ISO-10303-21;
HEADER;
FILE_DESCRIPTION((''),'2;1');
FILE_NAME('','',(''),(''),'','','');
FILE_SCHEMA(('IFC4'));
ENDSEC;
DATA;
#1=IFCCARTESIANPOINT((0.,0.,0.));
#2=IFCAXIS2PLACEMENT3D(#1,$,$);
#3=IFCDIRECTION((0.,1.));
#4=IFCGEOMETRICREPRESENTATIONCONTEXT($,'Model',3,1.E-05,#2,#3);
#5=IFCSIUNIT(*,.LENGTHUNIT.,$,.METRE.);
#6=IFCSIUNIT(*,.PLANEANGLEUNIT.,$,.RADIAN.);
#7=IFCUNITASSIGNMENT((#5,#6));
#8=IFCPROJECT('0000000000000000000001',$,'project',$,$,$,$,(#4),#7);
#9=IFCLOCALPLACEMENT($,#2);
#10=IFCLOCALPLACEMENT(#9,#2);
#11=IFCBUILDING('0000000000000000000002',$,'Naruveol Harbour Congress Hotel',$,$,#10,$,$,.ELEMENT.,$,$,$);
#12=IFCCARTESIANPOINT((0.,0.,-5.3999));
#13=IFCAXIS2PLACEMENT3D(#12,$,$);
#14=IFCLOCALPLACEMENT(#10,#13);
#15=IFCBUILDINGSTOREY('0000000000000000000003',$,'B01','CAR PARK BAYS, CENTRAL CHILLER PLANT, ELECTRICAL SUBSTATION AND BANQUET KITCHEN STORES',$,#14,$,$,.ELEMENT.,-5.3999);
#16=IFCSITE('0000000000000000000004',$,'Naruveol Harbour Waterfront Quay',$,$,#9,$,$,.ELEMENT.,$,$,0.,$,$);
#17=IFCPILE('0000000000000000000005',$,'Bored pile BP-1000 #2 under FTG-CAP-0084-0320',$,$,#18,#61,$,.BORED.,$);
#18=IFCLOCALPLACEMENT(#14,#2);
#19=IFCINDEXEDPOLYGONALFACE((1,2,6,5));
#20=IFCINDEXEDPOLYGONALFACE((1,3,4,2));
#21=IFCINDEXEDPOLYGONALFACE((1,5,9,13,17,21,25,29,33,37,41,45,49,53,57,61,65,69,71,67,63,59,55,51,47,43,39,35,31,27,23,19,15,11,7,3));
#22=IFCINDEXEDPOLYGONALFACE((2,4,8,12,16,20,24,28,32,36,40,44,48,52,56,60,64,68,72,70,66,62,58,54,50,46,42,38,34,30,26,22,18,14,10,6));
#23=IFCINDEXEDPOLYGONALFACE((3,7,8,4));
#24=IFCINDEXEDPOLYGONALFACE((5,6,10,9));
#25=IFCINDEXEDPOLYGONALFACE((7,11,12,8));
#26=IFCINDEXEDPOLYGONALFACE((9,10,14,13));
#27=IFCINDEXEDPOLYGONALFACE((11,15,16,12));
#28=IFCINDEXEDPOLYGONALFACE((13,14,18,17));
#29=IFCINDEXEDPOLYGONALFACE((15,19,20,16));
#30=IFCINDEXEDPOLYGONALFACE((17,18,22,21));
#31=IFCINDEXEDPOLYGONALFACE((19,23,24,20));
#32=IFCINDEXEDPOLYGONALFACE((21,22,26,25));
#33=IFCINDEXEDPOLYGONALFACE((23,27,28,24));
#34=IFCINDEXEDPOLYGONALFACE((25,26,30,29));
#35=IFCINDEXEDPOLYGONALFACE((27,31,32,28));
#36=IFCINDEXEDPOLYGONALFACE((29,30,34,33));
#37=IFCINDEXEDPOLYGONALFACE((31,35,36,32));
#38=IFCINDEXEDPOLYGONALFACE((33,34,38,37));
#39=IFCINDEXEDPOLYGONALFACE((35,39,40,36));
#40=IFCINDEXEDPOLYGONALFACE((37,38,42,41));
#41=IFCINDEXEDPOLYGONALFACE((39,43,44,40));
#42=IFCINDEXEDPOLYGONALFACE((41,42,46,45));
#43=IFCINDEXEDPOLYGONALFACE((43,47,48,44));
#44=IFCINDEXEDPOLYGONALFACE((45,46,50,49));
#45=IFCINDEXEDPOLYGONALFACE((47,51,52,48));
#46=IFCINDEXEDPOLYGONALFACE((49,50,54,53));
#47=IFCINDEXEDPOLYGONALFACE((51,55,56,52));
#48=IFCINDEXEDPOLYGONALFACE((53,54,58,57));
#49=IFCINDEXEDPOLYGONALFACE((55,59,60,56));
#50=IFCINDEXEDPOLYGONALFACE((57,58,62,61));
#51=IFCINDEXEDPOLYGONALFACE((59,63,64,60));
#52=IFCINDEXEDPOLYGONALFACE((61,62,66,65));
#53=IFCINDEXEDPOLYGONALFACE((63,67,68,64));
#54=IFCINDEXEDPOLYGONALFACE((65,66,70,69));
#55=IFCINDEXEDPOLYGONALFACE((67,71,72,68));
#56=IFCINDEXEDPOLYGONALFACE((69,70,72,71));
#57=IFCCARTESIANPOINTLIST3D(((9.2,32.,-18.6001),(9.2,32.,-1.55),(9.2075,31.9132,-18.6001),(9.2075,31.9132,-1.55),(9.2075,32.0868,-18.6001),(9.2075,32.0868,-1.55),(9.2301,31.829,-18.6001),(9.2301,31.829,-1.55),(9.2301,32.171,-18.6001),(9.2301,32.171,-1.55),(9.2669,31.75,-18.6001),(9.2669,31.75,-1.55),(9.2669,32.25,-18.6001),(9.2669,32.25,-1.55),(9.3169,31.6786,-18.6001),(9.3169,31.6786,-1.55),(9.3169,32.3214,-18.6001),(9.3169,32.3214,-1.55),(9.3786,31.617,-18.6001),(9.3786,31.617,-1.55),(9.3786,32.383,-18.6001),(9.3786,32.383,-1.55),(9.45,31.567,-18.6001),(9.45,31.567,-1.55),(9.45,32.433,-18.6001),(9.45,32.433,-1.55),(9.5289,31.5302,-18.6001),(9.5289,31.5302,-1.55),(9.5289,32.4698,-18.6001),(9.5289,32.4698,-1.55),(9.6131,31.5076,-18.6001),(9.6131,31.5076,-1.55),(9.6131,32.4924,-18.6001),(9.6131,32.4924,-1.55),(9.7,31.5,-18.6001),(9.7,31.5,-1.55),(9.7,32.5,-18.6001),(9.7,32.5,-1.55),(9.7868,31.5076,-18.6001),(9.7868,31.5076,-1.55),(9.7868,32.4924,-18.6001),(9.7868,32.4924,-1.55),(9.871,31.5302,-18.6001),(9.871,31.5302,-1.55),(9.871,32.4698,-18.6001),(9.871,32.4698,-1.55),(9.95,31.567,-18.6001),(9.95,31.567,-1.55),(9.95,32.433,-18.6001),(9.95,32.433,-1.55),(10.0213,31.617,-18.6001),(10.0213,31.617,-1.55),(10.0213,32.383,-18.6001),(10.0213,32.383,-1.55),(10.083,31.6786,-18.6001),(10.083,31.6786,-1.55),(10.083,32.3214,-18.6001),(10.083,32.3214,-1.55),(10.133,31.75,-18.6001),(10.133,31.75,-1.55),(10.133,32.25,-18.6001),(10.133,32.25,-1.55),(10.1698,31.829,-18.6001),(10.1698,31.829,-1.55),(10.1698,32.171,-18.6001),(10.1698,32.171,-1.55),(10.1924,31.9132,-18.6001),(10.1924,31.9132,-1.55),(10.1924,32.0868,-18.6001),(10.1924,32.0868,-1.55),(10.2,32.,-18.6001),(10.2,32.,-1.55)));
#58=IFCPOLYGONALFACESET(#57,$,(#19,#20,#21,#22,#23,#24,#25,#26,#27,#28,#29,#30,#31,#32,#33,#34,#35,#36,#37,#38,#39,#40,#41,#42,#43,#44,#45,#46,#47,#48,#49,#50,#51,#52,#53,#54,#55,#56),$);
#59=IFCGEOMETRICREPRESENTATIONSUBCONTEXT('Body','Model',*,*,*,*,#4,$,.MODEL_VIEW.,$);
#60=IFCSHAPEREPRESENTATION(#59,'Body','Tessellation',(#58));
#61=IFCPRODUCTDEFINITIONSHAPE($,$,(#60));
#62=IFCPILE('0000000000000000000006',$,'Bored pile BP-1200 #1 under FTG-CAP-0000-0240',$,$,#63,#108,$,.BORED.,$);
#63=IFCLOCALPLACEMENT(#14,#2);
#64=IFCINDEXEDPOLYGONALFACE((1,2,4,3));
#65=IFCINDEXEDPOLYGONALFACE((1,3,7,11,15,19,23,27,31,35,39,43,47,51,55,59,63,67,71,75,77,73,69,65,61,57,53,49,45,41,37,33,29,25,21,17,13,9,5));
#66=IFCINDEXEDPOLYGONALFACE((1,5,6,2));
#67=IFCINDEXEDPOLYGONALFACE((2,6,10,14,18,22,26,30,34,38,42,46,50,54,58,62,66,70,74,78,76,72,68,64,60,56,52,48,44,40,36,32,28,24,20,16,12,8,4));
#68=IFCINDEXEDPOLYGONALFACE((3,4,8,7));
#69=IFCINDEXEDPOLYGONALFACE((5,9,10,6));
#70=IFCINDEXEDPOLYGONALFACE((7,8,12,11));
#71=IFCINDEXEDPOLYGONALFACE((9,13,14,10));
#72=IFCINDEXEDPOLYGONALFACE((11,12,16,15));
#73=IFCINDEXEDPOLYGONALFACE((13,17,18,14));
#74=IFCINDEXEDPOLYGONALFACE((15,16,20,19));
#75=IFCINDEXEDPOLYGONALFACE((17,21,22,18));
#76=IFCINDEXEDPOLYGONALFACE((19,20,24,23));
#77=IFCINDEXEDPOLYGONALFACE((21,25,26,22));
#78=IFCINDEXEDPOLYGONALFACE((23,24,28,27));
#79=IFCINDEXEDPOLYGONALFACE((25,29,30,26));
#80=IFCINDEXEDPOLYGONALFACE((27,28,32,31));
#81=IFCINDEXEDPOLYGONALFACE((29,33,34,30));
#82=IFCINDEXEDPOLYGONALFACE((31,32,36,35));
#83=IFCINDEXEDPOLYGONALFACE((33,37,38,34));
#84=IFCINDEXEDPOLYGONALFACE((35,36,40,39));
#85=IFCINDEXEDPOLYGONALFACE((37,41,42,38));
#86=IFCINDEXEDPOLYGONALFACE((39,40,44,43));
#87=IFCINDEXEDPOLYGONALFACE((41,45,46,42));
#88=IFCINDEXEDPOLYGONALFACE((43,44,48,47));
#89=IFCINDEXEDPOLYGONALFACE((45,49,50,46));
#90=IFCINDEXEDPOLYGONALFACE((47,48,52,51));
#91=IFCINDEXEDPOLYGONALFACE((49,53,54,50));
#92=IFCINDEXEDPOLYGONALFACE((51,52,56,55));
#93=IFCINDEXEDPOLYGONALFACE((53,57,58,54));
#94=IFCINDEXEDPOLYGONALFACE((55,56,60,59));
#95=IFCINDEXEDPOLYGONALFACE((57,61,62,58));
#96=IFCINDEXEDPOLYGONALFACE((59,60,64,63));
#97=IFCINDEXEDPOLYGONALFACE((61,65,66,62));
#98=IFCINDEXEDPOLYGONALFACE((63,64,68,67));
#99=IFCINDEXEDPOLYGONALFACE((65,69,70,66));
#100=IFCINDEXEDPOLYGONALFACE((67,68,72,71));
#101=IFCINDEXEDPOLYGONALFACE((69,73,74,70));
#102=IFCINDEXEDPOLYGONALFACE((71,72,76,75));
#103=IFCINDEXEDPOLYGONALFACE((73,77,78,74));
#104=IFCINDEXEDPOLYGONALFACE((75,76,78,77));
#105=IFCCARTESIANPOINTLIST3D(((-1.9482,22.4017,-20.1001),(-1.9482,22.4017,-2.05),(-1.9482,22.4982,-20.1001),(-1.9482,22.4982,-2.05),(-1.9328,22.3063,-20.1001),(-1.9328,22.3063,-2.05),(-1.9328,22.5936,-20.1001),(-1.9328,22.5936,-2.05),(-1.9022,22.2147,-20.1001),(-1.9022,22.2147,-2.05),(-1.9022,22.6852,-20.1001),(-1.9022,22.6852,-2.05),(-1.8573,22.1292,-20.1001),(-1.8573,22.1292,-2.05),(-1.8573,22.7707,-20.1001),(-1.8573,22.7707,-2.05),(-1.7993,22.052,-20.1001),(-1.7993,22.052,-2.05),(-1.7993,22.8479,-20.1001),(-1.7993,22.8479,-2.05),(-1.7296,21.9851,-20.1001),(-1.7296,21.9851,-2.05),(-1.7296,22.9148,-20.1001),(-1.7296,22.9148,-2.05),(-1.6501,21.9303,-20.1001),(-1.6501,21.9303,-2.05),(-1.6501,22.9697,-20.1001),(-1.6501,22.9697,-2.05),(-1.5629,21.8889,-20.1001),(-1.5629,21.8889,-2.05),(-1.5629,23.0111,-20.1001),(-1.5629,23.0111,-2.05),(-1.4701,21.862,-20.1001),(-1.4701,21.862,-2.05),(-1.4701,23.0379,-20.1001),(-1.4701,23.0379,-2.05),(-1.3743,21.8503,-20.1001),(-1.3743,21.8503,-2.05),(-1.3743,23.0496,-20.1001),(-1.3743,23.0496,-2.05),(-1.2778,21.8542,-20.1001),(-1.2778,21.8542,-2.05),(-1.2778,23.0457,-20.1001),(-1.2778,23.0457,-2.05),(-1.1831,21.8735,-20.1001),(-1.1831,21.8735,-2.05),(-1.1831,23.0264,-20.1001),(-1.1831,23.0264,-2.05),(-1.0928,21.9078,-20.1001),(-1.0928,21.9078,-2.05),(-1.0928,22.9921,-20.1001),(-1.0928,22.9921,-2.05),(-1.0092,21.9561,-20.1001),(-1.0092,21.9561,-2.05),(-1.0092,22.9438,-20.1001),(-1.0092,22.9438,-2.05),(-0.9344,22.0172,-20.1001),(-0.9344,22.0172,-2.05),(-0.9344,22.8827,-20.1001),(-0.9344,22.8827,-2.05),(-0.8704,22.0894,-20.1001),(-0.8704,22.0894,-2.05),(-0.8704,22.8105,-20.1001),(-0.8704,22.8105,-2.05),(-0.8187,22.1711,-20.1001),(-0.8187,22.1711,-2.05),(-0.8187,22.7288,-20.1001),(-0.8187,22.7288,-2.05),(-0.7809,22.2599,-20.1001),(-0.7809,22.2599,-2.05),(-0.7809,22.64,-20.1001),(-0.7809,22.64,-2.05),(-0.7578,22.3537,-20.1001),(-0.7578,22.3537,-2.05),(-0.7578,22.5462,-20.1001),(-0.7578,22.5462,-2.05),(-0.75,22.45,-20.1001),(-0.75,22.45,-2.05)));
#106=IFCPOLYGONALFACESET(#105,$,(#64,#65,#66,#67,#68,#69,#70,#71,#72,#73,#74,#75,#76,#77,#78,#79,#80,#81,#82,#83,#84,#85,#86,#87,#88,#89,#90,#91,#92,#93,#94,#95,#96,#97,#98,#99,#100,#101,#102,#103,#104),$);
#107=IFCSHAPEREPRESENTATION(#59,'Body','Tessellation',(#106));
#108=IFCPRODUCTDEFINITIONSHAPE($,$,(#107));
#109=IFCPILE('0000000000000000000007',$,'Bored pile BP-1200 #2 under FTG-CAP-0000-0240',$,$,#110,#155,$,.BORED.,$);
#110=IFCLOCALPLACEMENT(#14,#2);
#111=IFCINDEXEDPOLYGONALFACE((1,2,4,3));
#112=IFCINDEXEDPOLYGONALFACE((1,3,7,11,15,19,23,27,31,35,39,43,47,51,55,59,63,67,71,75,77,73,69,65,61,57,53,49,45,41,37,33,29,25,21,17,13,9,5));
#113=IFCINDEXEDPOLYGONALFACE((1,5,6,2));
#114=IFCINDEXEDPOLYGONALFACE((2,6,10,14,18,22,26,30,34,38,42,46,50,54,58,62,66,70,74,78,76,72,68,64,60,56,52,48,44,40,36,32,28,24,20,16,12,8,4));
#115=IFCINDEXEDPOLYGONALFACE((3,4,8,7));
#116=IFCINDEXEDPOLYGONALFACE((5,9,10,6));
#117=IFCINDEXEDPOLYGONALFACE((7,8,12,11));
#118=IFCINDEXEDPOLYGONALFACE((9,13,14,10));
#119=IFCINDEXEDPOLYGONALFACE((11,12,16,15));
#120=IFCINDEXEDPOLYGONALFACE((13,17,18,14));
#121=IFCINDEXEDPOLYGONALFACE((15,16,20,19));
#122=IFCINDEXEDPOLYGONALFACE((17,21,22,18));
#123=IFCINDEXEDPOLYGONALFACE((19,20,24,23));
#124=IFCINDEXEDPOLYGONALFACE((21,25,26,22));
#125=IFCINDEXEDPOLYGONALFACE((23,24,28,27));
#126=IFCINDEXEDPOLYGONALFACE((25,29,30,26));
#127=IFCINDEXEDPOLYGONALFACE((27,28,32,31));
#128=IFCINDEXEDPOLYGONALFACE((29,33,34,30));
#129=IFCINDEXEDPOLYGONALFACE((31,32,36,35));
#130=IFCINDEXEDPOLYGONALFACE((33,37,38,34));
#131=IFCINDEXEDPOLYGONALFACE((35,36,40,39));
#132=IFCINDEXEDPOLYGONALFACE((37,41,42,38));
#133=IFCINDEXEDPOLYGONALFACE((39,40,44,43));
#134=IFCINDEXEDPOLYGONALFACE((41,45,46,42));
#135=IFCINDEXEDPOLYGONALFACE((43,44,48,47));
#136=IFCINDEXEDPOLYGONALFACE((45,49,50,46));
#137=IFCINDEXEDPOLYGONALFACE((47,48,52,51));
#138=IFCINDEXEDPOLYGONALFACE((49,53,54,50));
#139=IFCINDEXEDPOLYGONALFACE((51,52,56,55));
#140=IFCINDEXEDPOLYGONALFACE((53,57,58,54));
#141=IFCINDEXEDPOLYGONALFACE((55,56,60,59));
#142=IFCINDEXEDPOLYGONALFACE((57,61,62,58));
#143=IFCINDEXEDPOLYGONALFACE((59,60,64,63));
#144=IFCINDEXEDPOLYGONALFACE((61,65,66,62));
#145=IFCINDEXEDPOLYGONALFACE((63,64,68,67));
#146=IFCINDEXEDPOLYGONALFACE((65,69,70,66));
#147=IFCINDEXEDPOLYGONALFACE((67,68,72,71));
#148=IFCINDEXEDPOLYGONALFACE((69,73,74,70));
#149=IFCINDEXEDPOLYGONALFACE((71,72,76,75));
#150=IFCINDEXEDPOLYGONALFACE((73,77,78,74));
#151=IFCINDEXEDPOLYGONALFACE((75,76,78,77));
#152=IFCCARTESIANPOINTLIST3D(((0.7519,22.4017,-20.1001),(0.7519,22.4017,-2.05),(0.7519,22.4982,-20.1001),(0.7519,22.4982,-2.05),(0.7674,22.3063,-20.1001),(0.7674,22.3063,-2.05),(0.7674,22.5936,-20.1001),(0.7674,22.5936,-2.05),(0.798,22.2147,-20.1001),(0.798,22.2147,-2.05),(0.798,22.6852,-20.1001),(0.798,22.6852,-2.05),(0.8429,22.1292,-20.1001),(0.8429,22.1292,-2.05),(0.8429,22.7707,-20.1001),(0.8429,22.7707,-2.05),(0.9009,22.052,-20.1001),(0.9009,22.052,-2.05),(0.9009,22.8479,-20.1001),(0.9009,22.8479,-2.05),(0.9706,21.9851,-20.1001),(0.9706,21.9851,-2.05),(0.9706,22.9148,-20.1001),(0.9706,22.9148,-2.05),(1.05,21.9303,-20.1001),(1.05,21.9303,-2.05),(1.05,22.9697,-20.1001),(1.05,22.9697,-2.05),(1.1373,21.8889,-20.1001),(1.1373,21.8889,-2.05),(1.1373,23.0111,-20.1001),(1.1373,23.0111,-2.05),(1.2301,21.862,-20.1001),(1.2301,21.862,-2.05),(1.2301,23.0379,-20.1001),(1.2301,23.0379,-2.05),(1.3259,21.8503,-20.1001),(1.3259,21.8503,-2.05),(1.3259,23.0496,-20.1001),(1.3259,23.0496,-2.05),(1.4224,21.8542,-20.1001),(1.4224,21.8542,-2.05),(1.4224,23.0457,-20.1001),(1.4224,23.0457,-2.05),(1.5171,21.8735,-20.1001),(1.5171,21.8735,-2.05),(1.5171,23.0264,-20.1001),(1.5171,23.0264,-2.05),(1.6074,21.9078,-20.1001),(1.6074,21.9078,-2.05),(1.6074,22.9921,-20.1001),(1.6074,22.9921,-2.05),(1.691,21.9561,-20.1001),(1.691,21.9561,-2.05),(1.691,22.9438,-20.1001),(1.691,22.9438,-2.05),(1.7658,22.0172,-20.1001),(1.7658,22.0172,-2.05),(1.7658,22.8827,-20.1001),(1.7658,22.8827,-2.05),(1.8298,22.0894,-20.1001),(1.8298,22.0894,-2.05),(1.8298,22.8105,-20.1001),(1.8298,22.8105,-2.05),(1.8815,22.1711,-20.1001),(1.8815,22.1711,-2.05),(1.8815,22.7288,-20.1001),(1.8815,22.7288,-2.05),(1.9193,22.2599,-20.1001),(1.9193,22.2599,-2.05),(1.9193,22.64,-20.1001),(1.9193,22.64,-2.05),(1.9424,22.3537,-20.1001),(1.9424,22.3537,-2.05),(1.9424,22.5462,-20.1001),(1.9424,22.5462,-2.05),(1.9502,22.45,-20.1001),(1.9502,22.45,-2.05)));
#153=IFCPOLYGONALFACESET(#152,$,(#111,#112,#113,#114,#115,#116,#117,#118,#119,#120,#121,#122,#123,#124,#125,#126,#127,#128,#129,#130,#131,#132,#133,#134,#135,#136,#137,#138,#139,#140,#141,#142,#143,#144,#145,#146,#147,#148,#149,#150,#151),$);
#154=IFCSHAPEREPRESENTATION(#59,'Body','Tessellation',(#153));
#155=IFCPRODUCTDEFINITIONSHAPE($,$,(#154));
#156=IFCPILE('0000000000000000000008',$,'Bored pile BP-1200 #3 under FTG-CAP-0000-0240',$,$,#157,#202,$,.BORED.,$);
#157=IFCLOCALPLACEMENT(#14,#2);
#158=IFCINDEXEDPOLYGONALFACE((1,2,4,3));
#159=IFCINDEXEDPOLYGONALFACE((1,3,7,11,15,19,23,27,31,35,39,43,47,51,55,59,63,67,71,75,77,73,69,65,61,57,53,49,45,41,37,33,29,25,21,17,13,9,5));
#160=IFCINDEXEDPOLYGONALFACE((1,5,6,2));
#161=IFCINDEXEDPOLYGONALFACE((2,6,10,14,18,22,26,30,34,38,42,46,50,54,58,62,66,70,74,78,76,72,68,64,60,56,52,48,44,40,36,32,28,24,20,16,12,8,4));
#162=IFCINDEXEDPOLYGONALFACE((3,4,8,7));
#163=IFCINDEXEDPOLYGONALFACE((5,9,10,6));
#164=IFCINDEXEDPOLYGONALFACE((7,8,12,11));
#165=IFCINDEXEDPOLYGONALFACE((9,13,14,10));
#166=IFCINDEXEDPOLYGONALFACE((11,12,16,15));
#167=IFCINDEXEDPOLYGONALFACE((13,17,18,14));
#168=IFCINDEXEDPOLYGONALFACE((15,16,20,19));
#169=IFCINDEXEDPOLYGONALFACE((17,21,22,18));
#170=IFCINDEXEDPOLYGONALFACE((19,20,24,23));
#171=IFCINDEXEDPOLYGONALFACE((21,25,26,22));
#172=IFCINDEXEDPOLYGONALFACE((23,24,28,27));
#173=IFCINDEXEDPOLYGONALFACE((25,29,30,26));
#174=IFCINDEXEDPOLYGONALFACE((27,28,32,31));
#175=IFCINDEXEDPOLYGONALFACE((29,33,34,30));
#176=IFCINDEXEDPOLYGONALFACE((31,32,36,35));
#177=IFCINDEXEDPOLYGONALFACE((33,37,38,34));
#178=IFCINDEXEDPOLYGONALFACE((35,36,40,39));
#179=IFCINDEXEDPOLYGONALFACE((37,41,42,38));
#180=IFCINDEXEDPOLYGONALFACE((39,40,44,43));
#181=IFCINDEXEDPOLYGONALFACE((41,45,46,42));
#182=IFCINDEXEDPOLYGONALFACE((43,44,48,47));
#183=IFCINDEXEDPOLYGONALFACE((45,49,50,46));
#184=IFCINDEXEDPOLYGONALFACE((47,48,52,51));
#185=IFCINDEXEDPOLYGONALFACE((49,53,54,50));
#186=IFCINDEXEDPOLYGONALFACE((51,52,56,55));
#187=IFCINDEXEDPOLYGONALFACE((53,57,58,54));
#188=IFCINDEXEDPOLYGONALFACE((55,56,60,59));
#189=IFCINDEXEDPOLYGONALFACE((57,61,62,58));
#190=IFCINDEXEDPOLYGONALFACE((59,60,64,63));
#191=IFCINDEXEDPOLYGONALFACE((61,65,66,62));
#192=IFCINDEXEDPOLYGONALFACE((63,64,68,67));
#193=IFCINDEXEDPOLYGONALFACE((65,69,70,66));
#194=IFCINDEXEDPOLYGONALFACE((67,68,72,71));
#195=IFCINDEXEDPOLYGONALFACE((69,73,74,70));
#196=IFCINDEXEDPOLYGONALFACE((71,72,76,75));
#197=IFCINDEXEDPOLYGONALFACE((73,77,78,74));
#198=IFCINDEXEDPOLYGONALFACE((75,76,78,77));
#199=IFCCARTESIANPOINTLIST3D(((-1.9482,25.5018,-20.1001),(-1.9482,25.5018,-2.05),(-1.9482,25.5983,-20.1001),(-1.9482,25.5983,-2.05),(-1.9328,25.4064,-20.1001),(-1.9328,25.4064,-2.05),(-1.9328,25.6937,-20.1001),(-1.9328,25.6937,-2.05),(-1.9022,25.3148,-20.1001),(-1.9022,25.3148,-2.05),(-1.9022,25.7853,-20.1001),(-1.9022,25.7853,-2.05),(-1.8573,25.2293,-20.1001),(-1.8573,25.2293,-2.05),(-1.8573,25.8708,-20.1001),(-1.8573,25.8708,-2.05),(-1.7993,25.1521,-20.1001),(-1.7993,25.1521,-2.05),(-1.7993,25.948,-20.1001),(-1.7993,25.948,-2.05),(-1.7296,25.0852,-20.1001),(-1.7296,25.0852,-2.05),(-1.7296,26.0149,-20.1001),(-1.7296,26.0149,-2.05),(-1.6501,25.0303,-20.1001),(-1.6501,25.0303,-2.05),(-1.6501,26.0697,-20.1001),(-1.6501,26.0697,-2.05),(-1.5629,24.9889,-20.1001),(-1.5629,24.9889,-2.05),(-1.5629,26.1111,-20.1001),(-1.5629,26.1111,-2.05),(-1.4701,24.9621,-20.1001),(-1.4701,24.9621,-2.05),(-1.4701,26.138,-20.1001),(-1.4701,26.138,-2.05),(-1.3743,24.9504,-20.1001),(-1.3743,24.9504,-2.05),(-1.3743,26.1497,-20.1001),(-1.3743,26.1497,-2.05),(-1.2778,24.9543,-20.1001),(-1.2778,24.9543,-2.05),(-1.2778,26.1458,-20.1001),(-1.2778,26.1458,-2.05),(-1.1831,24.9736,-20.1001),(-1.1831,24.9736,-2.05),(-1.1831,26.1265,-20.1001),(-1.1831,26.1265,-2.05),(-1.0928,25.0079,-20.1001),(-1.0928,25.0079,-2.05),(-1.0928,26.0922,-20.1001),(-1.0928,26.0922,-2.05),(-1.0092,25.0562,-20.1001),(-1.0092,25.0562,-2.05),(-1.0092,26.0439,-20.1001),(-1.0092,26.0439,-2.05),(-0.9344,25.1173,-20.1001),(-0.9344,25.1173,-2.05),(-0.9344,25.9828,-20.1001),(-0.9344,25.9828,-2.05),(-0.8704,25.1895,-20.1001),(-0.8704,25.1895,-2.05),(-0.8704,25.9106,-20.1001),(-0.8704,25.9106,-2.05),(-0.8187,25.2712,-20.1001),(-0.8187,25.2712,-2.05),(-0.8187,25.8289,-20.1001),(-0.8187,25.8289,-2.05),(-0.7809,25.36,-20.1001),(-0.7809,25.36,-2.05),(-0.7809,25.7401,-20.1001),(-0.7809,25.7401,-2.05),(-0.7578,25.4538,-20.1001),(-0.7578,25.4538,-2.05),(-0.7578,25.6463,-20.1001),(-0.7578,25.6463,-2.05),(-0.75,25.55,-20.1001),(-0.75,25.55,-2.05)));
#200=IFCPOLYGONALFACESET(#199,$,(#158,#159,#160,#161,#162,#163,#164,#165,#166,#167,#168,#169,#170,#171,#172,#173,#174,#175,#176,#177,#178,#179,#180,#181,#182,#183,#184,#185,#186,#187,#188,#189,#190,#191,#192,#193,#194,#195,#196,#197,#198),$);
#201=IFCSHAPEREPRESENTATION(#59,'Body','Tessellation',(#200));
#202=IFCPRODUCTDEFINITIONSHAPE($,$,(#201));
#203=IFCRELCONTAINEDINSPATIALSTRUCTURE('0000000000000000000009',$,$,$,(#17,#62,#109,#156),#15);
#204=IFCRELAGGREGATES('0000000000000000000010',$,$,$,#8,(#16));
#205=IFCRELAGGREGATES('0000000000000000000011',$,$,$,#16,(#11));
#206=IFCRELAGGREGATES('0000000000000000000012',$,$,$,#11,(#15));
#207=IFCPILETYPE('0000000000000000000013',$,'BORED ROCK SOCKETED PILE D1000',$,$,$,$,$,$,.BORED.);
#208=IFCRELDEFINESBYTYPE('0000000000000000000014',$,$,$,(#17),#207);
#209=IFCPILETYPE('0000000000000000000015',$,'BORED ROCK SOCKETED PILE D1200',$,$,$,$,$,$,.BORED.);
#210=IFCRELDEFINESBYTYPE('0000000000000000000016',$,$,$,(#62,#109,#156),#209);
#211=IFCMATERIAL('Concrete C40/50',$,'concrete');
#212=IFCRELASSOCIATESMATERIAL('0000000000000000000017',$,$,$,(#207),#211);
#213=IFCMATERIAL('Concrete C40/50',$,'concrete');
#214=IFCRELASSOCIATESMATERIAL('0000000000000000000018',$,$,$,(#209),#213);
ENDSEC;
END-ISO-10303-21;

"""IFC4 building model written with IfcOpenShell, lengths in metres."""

from ifc_helpers import new_model, si_unit, direction, frame, origin, origin_2d, place, context, subcontext, project, spatial, circle, extrude, material, material_profile, profile_set, type_object, element, save


model = new_model("IFC4")

# Units and contexts
model_context = context("Model", 3, precision=1e-05, world=origin(), true_north=direction((0.0, 1.0)))
body_context = subcontext(model_context, "Body", "Model", "MODEL_VIEW")
ifc_project = project(units=[si_unit("LENGTHUNIT", "METRE"), si_unit("PLANEANGLEUNIT", "RADIAN")], contexts=[model_context])

# Site, building, storey
site_placement = place(None, origin())
site = spatial("IfcSite", under=ifc_project, at=site_placement, Name="Naruveol Harbour Waterfront Quay", CompositionType="ELEMENT", RefElevation=0.0)
building_placement = place(site_placement, origin())
building = spatial("IfcBuilding", under=site, at=building_placement, Name="Naruveol Harbour Congress Hotel", CompositionType="ELEMENT")
storey_placement = place(building_placement, frame((0.0, 0.0, -5.3999)))
storey = spatial("IfcBuildingStorey", under=building, at=storey_placement, Name="B01", Description="CAR PARK BAYS, CENTRAL CHILLER PLANT, ELECTRICAL SUBSTATION AND BANQUET KITCHEN STORES", CompositionType="ELEMENT", Elevation=-5.3999)

# Piles
ifc_material_1 = material(Name="Concrete C40/50", Category="concrete")
ifc_material_profile_1 = material_profile(ifc_material_1, circle(Radius=0.5, at=origin_2d()), Name="BP-1000")
ifc_profile_set_1 = profile_set([ifc_material_profile_1], Name="Concrete C40/50")
pile_type_1 = type_object("IfcPileType", Name="BORED ROCK SOCKETED PILE D1000", PredefinedType="BORED", material=ifc_profile_set_1)
for number, where, z_axis, x_axis, name in (
    (1, (9.7, 32.0, -1.55), (0.0, 0.0, -1.0), (1.0, 0.0, 0.0), "Bored pile BP-1000 #2 under FTG-CAP-0084-0320"),
):
    element("IfcPile", number, at=place(storey_placement, frame(where, z_axis=z_axis, x_axis=x_axis)), inside=storey, type_object=pile_type_1, Name=name, PredefinedType="BORED", context=body_context, shape_type="SweptSolid", body=[
        extrude(circle(Radius=0.5, at=origin_2d()), origin(), (0.0, 0.0, 1.0), 17.05),
    ])
ifc_material_2 = material(Name="Concrete C40/50", Category="concrete")
ifc_material_profile_2 = material_profile(ifc_material_2, circle(Radius=0.6001, at=origin_2d()), Name="BP-1200")
ifc_profile_set_2 = profile_set([ifc_material_profile_2], Name="Concrete C40/50")
pile_type_2 = type_object("IfcPileType", Name="BORED ROCK SOCKETED PILE D1200", PredefinedType="BORED", material=ifc_profile_set_2)
for number, where, z_axis, x_axis, name in (
    (2, (-1.3501, 22.45, -2.05), (0.0, 0.0, -1.0), (1.0, 0.0, 0.0), "Bored pile BP-1200 #1 under FTG-CAP-0000-0240"),
    (3, (1.3501, 22.45, -2.05), (0.0, 0.0, -1.0), (1.0, 0.0, 0.0), "Bored pile BP-1200 #2 under FTG-CAP-0000-0240"),
    (4, (-1.3501, 25.55, -2.05), (0.0, 0.0, -1.0), (1.0, 0.0, 0.0), "Bored pile BP-1200 #3 under FTG-CAP-0000-0240"),
):
    element("IfcPile", number, at=place(storey_placement, frame(where, z_axis=z_axis, x_axis=x_axis)), inside=storey, type_object=pile_type_2, Name=name, PredefinedType="BORED", context=body_context, shape_type="SweptSolid", body=[
        extrude(circle(Radius=0.6001, at=origin_2d()), origin(), (0.0, 0.0, 1.0), 18.05),
    ])

save(model, "model.ifc")
